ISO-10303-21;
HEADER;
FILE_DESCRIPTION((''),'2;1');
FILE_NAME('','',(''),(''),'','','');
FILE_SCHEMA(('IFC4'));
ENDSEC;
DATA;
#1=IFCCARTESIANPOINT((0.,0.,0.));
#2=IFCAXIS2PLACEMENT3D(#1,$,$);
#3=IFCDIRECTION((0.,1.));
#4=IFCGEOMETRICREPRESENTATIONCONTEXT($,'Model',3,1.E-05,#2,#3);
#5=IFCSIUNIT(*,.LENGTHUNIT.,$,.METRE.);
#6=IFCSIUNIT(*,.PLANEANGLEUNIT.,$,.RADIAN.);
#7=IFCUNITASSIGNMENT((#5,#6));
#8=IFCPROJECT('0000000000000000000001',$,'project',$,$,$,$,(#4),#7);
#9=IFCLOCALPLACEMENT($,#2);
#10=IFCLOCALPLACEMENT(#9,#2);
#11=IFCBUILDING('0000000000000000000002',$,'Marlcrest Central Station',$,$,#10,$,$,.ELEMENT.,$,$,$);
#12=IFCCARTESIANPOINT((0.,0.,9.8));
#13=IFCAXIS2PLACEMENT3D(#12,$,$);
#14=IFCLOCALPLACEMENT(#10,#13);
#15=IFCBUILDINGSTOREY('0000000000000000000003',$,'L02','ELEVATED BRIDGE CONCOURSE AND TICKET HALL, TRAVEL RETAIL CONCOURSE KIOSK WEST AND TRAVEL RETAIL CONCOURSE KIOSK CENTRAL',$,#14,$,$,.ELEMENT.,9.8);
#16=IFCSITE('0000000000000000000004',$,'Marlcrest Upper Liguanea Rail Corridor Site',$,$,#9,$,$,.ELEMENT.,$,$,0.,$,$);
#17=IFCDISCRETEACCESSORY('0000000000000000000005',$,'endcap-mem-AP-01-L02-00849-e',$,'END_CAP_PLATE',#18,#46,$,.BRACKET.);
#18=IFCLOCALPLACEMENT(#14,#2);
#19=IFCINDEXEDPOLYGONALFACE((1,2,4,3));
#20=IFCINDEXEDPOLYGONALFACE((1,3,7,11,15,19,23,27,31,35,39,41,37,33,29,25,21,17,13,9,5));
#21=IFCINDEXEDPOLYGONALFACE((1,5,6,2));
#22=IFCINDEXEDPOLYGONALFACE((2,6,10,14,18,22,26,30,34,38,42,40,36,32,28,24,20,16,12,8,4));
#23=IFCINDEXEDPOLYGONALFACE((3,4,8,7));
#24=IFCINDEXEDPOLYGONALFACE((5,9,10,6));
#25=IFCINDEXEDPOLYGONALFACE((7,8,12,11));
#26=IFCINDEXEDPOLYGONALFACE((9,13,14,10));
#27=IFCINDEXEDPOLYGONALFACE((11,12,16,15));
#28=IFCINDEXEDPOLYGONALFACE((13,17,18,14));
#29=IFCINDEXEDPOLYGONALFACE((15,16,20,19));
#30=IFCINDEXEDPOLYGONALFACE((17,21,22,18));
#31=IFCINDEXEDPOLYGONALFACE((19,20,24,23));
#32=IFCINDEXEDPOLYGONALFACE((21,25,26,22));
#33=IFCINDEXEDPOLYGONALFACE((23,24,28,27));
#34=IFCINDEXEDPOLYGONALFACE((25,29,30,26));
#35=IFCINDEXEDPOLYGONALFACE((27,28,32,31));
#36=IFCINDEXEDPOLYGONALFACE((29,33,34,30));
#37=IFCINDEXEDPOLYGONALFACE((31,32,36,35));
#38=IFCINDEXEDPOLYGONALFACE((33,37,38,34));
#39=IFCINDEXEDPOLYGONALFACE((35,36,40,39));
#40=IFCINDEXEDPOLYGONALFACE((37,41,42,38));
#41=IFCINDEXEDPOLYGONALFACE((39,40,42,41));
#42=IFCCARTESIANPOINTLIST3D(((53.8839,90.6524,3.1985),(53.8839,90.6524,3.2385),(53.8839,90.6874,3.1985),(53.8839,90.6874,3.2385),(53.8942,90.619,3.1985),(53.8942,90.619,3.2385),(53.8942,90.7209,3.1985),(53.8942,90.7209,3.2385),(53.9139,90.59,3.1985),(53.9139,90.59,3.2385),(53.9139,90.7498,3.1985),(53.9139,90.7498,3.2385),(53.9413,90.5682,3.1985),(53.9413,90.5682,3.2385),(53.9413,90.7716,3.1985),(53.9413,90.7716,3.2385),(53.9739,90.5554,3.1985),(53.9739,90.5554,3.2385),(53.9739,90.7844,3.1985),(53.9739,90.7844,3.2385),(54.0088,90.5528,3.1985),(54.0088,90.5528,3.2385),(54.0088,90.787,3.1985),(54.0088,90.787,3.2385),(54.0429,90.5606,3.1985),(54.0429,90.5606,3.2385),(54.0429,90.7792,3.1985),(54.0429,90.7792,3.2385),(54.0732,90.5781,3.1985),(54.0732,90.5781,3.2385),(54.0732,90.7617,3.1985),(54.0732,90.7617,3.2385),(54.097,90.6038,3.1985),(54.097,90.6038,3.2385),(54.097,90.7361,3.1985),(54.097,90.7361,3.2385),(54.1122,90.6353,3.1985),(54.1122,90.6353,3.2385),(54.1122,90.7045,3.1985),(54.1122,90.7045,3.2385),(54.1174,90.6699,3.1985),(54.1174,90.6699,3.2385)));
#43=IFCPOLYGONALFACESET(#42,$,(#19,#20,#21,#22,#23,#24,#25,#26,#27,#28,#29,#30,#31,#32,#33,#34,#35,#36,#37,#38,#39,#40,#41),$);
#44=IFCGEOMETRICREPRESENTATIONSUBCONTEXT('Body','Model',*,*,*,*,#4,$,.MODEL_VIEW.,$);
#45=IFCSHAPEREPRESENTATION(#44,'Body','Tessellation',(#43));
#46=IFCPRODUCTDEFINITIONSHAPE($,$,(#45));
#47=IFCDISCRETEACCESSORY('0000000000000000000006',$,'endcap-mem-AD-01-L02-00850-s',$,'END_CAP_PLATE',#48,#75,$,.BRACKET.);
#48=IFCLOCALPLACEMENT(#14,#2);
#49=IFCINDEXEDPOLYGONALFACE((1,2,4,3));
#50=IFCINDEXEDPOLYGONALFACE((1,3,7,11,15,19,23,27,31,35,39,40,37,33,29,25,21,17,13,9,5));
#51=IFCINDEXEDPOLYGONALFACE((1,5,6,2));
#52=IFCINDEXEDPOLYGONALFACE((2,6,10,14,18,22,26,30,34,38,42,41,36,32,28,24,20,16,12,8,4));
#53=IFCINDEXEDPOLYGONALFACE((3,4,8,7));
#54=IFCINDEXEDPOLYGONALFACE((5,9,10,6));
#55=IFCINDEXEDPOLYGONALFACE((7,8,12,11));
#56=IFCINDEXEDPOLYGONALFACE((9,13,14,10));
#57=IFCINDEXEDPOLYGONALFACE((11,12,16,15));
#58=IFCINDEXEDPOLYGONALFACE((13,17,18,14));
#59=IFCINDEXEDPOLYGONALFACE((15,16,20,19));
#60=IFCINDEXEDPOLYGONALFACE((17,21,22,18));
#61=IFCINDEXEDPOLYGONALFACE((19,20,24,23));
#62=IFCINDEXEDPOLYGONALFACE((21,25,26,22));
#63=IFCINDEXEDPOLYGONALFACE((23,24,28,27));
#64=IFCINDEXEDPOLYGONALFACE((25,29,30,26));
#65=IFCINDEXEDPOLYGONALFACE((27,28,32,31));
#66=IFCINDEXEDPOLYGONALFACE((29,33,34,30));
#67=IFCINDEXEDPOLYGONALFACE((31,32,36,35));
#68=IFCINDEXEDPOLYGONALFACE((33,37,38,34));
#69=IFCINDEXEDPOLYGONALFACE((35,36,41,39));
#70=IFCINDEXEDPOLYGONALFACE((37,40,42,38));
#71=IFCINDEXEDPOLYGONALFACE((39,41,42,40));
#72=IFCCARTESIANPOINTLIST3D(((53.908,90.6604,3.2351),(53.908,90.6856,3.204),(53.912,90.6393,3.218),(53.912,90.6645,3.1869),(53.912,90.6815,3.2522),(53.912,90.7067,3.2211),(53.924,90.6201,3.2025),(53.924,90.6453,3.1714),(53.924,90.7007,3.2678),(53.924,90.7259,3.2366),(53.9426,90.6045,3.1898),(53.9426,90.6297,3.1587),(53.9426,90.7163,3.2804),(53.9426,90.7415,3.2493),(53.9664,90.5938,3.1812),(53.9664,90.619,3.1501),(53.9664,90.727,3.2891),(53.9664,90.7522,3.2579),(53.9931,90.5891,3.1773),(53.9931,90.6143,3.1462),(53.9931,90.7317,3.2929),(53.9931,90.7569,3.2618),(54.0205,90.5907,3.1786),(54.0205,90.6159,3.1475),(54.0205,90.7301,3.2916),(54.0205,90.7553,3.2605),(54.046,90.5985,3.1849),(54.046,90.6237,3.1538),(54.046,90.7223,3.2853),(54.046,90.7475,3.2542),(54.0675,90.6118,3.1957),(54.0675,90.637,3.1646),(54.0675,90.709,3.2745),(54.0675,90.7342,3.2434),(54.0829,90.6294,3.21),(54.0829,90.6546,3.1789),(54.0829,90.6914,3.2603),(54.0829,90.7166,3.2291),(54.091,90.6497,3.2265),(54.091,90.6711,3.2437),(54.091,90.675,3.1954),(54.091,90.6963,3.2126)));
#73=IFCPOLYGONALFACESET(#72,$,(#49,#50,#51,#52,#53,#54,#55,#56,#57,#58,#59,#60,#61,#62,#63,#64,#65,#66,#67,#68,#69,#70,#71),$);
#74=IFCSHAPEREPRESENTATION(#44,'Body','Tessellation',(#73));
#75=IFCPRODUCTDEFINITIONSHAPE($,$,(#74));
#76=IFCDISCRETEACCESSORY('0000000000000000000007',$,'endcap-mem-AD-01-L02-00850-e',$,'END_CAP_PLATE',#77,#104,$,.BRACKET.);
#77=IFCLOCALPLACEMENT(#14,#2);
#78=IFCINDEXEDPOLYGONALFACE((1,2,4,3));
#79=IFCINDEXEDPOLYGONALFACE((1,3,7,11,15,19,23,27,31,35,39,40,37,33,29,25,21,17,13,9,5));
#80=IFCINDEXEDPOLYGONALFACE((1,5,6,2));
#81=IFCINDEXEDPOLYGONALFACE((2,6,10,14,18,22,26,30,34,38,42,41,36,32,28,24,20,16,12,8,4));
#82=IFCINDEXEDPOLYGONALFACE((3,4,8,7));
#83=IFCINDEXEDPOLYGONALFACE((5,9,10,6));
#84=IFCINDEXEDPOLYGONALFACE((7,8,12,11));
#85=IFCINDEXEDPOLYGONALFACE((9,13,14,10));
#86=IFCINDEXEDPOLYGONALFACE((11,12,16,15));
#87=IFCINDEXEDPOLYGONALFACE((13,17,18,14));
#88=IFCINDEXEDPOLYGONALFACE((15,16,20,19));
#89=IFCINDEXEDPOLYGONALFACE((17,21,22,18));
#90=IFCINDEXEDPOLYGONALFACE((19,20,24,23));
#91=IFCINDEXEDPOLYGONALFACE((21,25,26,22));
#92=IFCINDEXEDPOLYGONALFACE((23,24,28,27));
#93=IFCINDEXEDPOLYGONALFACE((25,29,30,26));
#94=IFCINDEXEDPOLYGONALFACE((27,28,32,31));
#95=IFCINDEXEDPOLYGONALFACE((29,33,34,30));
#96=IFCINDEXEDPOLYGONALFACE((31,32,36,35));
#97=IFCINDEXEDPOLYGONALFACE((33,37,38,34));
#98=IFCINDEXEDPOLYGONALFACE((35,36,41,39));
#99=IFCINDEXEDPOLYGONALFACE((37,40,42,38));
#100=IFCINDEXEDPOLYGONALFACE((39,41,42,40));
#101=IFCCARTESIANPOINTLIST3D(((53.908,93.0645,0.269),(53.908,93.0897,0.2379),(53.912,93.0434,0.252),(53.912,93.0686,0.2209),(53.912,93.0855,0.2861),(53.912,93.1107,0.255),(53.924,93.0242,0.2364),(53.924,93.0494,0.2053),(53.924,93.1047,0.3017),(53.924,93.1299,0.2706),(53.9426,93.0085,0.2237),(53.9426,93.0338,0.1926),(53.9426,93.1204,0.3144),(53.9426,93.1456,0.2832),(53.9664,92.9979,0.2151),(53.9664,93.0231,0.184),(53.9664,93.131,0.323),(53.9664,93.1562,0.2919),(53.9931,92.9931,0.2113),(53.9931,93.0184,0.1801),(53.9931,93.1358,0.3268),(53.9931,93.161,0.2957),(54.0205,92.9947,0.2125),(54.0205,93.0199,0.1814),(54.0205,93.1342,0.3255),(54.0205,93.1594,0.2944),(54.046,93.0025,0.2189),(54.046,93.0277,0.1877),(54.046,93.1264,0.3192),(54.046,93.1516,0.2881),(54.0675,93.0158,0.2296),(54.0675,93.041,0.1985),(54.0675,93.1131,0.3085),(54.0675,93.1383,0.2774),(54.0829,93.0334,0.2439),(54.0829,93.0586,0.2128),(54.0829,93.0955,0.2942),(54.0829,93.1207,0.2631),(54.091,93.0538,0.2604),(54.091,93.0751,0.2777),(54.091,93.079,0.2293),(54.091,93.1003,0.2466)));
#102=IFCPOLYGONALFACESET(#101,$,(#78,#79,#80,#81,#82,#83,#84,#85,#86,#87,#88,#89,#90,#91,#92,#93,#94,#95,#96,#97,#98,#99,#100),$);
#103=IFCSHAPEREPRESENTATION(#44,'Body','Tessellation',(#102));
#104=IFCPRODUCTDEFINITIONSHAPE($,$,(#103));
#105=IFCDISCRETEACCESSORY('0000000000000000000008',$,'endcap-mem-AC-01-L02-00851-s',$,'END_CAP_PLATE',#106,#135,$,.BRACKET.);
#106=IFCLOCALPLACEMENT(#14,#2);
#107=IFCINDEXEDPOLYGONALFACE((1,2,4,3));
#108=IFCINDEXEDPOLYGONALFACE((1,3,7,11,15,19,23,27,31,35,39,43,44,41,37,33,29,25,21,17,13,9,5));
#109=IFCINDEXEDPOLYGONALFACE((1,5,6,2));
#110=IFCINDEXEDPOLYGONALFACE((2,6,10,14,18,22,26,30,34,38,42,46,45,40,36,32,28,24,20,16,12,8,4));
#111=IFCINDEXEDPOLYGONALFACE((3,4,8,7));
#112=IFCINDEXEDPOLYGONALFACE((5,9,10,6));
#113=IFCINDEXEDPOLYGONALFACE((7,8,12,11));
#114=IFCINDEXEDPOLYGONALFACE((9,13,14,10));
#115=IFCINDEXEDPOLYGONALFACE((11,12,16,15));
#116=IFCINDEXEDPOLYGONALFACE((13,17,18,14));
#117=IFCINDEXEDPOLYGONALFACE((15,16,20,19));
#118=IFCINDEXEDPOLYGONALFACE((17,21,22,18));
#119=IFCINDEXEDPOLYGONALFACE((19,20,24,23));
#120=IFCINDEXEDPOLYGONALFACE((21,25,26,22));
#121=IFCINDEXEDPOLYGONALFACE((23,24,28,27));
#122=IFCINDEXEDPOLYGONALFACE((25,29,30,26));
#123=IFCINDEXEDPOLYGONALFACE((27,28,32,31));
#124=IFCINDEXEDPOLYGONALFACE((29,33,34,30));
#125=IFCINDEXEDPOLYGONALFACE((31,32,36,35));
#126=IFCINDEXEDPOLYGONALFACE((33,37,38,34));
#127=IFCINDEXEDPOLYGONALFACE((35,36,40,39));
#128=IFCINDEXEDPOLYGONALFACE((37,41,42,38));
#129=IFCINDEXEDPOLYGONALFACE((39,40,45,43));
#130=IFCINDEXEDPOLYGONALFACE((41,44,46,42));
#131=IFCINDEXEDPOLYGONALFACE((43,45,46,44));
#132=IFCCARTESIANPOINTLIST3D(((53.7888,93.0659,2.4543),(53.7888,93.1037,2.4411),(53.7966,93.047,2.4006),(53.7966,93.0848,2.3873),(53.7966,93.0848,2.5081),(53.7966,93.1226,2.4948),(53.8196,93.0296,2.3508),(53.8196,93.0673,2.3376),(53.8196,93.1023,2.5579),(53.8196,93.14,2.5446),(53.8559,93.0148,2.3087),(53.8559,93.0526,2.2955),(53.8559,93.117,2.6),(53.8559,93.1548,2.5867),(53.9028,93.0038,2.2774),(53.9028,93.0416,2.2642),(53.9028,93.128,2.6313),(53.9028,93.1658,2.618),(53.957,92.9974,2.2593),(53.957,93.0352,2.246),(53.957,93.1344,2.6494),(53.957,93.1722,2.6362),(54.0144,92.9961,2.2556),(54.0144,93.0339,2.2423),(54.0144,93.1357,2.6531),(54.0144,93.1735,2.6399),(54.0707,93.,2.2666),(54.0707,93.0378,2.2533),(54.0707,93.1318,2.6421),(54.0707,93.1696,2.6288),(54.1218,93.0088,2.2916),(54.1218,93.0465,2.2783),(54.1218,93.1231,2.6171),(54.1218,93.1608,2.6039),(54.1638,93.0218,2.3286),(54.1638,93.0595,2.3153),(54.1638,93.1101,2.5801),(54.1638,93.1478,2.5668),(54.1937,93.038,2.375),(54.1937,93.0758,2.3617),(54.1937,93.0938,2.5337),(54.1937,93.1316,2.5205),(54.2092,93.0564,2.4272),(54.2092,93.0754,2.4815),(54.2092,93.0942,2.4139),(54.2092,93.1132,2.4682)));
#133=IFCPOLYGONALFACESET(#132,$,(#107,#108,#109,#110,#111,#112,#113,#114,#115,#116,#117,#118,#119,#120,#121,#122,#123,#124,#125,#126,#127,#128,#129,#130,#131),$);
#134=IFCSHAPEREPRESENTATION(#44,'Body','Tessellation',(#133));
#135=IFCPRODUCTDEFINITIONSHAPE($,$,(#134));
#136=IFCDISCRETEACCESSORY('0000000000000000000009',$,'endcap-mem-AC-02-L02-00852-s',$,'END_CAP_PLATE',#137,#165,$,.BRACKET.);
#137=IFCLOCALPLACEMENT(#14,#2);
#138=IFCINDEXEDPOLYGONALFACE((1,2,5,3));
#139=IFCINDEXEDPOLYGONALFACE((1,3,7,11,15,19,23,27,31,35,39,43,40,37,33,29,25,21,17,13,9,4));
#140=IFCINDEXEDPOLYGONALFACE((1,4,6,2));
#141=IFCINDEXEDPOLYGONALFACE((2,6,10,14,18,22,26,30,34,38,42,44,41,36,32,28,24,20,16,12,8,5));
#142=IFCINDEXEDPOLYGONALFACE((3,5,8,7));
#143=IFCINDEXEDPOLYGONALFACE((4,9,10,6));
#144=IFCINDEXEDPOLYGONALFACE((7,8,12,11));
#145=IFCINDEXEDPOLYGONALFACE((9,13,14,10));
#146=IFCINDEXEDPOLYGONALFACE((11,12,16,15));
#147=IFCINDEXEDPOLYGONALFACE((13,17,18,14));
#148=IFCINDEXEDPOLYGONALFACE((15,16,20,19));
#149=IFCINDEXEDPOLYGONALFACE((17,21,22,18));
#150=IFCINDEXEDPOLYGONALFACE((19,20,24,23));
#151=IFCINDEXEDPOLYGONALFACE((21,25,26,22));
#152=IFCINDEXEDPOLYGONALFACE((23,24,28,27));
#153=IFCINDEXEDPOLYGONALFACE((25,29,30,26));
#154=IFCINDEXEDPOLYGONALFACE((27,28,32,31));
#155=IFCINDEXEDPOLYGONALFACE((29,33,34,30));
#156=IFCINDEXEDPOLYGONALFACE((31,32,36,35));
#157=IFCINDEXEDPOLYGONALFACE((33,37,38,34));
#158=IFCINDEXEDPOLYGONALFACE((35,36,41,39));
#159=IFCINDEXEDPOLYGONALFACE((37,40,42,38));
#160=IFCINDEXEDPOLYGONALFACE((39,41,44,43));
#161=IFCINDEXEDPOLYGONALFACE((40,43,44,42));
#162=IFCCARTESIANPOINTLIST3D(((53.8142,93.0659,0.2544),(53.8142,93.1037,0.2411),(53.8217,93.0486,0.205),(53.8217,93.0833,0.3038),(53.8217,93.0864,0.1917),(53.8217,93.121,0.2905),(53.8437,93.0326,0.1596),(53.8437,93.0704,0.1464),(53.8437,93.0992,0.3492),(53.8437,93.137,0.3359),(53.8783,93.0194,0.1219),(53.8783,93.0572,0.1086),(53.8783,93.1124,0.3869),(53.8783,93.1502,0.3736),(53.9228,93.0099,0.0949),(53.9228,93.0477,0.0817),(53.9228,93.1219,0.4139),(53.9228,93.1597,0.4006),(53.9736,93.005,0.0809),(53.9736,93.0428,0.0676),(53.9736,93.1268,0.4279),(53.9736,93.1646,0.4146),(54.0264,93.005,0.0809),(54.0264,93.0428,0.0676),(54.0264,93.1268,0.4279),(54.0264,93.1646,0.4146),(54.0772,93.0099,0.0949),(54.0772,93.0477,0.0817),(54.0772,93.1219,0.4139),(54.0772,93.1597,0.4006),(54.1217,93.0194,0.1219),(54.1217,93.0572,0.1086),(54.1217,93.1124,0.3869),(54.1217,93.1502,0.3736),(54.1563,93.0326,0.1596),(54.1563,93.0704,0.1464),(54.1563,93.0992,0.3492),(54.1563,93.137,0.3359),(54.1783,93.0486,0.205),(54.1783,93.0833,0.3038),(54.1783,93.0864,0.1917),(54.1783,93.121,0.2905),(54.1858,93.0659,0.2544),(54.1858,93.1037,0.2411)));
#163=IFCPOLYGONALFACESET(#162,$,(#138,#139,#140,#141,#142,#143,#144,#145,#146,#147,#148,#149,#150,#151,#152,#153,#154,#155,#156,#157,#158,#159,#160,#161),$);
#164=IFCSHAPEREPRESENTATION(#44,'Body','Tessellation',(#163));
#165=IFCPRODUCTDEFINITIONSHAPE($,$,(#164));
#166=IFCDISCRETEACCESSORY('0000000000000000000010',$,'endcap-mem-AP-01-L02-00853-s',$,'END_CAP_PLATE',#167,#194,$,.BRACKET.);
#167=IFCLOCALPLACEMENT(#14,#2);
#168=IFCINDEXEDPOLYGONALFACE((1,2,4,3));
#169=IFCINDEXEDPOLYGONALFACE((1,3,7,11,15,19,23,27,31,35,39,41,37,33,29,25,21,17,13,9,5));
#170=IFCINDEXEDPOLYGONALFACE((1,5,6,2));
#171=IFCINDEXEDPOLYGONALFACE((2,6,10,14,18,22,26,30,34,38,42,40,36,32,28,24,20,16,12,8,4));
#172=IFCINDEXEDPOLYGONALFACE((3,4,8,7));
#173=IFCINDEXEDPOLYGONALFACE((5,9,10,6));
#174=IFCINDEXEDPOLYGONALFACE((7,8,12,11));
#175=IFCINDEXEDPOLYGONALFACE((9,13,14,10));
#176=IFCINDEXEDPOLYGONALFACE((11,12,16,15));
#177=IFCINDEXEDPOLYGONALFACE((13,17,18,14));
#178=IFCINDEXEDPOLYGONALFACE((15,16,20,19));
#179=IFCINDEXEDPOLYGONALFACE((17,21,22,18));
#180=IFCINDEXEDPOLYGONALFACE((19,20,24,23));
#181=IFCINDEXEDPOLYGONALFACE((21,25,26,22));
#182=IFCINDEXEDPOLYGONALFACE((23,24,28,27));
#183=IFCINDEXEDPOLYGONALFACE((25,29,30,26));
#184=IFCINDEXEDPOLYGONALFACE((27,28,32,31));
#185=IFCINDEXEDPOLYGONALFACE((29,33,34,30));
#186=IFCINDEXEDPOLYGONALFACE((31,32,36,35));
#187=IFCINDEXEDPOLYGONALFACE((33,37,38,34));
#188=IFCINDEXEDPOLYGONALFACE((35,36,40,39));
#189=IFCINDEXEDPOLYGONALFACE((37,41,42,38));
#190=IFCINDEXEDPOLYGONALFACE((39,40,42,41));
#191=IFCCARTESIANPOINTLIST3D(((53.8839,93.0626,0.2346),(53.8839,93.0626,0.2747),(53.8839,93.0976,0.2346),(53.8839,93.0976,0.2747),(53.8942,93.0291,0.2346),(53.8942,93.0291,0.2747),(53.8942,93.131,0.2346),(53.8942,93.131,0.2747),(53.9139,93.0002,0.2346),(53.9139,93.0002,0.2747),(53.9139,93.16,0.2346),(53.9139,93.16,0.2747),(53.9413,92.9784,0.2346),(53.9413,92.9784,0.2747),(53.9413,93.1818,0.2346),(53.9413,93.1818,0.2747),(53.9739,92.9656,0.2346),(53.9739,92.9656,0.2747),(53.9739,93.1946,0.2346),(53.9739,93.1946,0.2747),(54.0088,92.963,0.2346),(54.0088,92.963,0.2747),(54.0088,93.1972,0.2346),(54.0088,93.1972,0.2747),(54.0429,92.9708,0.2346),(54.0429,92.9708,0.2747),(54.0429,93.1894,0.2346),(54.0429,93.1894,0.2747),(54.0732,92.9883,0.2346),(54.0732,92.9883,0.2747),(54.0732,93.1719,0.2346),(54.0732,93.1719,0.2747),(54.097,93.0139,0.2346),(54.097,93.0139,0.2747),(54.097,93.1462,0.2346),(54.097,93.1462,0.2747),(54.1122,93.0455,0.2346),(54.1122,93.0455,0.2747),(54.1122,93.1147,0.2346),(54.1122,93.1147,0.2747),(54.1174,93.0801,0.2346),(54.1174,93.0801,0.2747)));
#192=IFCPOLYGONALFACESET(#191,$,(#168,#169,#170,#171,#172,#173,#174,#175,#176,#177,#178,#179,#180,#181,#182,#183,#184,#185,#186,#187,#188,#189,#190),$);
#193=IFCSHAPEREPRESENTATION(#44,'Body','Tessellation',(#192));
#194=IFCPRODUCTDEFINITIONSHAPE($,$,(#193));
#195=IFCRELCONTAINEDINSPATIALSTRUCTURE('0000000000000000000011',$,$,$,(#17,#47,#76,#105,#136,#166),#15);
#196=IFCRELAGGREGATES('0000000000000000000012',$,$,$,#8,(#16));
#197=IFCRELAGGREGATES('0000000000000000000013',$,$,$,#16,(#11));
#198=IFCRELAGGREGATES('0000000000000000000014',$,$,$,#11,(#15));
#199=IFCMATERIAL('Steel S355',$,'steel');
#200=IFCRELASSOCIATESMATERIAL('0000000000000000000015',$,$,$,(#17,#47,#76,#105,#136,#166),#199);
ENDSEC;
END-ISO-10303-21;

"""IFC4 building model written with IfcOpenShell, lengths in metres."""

from ifc_helpers import new_model, si_unit, direction, frame, origin, origin_2d, place, context, subcontext, project, spatial, circle, extrude, material, element, save


model = new_model("IFC4")

# Units and contexts
model_context = context("Model", 3, precision=1e-05, world=origin(), true_north=direction((0.0, 1.0)))
body_context = subcontext(model_context, "Body", "Model", "MODEL_VIEW")
ifc_project = project(units=[si_unit("LENGTHUNIT", "METRE"), si_unit("PLANEANGLEUNIT", "RADIAN")], contexts=[model_context])

# Site, building, storey
site_placement = place(None, origin())
site = spatial("IfcSite", under=ifc_project, at=site_placement, Name="Marlcrest Upper Liguanea Rail Corridor Site", CompositionType="ELEMENT", RefElevation=0.0)
building_placement = place(site_placement, origin())
building = spatial("IfcBuilding", under=site, at=building_placement, Name="Marlcrest Central Station", CompositionType="ELEMENT")
storey_placement = place(building_placement, frame((0.0, 0.0, 9.8)))
storey = spatial("IfcBuildingStorey", under=building, at=storey_placement, Name="L02", Description="ELEVATED BRIDGE CONCOURSE AND TICKET HALL, TRAVEL RETAIL CONCOURSE KIOSK WEST AND TRAVEL RETAIL CONCOURSE KIOSK CENTRAL", CompositionType="ELEMENT", Elevation=9.8)

# Shared definitions
ifc_material_1 = material(Name="Steel S355", Category="steel")

# Discrete accessories
for number, where, z_axis, x_axis, name in (
    (1, (54.0, 90.6699, 3.1985), (0.0, 0.0, 1.0), (1.0, 0.0, 0.0), "endcap-mem-AP-01-L02-00849-e"),
):
    element("IfcDiscreteAccessory", number, at=place(storey_placement, frame(where, z_axis=z_axis, x_axis=x_axis)), inside=storey, material=ifc_material_1, Name=name, ObjectType="END_CAP_PLATE", PredefinedType="BRACKET", context=body_context, shape_type="SweptSolid", body=[
        extrude(circle(Radius=0.1174, at=origin_2d()), origin(), (0.0, 0.0, 1.0), 0.04),
    ])
for number, where, z_axis, x_axis, name in (
    (2, (54.0, 90.6604, 3.2351), (0.0, 0.629629, -0.776896), (-1.0, 0.0, 0.0), "endcap-mem-AD-01-L02-00850-s"),
    (3, (54.0, 93.0645, 0.269), (0.0, 0.629629, -0.776896), (-1.0, 0.0, 0.0), "endcap-mem-AD-01-L02-00850-e"),
):
    element("IfcDiscreteAccessory", number, at=place(storey_placement, frame(where, z_axis=z_axis, x_axis=x_axis)), inside=storey, material=ifc_material_1, Name=name, ObjectType="END_CAP_PLATE", PredefinedType="BRACKET", context=body_context, shape_type="SweptSolid", body=[
        extrude(circle(Radius=0.092, at=origin_2d()), origin(), (0.0, 0.0, 1.0), 0.04),
    ])
discrete_accessory_1_placement = place(storey_placement, frame((54.0, 93.0659, 2.4543), z_axis=(0.0, 0.943537, -0.331266), x_axis=(-1.0, 0.0, 0.0)))
element("IfcDiscreteAccessory", 4, at=discrete_accessory_1_placement, inside=storey, material=ifc_material_1, Name="endcap-mem-AC-01-L02-00851-s", ObjectType="END_CAP_PLATE", PredefinedType="BRACKET", context=body_context, shape_type="SweptSolid", body=[
    extrude(circle(Radius=0.2112, at=origin_2d()), origin(), (0.0, 0.0, 1.0), 0.04),
])
discrete_accessory_2_placement = place(storey_placement, frame((54.0, 93.0659, 0.2544), z_axis=(0.0, 0.943537, -0.331266), x_axis=(-1.0, 0.0, 0.0)))
element("IfcDiscreteAccessory", 5, at=discrete_accessory_2_placement, inside=storey, material=ifc_material_1, Name="endcap-mem-AC-02-L02-00852-s", ObjectType="END_CAP_PLATE", PredefinedType="BRACKET", context=body_context, shape_type="SweptSolid", body=[
    extrude(circle(Radius=0.1858, at=origin_2d()), origin(), (0.0, 0.0, 1.0), 0.04),
])
discrete_accessory_3_placement = place(storey_placement, frame((54.0, 93.0801, 0.2346), z_axis=(0.0, 0.0, 1.0), x_axis=(1.0, 0.0, 0.0)))
element("IfcDiscreteAccessory", 6, at=discrete_accessory_3_placement, inside=storey, material=ifc_material_1, Name="endcap-mem-AP-01-L02-00853-s", ObjectType="END_CAP_PLATE", PredefinedType="BRACKET", context=body_context, shape_type="SweptSolid", body=[
    extrude(circle(Radius=0.1174, at=origin_2d()), origin(), (0.0, 0.0, 1.0), 0.04),
])

save(model, "model.ifc")
